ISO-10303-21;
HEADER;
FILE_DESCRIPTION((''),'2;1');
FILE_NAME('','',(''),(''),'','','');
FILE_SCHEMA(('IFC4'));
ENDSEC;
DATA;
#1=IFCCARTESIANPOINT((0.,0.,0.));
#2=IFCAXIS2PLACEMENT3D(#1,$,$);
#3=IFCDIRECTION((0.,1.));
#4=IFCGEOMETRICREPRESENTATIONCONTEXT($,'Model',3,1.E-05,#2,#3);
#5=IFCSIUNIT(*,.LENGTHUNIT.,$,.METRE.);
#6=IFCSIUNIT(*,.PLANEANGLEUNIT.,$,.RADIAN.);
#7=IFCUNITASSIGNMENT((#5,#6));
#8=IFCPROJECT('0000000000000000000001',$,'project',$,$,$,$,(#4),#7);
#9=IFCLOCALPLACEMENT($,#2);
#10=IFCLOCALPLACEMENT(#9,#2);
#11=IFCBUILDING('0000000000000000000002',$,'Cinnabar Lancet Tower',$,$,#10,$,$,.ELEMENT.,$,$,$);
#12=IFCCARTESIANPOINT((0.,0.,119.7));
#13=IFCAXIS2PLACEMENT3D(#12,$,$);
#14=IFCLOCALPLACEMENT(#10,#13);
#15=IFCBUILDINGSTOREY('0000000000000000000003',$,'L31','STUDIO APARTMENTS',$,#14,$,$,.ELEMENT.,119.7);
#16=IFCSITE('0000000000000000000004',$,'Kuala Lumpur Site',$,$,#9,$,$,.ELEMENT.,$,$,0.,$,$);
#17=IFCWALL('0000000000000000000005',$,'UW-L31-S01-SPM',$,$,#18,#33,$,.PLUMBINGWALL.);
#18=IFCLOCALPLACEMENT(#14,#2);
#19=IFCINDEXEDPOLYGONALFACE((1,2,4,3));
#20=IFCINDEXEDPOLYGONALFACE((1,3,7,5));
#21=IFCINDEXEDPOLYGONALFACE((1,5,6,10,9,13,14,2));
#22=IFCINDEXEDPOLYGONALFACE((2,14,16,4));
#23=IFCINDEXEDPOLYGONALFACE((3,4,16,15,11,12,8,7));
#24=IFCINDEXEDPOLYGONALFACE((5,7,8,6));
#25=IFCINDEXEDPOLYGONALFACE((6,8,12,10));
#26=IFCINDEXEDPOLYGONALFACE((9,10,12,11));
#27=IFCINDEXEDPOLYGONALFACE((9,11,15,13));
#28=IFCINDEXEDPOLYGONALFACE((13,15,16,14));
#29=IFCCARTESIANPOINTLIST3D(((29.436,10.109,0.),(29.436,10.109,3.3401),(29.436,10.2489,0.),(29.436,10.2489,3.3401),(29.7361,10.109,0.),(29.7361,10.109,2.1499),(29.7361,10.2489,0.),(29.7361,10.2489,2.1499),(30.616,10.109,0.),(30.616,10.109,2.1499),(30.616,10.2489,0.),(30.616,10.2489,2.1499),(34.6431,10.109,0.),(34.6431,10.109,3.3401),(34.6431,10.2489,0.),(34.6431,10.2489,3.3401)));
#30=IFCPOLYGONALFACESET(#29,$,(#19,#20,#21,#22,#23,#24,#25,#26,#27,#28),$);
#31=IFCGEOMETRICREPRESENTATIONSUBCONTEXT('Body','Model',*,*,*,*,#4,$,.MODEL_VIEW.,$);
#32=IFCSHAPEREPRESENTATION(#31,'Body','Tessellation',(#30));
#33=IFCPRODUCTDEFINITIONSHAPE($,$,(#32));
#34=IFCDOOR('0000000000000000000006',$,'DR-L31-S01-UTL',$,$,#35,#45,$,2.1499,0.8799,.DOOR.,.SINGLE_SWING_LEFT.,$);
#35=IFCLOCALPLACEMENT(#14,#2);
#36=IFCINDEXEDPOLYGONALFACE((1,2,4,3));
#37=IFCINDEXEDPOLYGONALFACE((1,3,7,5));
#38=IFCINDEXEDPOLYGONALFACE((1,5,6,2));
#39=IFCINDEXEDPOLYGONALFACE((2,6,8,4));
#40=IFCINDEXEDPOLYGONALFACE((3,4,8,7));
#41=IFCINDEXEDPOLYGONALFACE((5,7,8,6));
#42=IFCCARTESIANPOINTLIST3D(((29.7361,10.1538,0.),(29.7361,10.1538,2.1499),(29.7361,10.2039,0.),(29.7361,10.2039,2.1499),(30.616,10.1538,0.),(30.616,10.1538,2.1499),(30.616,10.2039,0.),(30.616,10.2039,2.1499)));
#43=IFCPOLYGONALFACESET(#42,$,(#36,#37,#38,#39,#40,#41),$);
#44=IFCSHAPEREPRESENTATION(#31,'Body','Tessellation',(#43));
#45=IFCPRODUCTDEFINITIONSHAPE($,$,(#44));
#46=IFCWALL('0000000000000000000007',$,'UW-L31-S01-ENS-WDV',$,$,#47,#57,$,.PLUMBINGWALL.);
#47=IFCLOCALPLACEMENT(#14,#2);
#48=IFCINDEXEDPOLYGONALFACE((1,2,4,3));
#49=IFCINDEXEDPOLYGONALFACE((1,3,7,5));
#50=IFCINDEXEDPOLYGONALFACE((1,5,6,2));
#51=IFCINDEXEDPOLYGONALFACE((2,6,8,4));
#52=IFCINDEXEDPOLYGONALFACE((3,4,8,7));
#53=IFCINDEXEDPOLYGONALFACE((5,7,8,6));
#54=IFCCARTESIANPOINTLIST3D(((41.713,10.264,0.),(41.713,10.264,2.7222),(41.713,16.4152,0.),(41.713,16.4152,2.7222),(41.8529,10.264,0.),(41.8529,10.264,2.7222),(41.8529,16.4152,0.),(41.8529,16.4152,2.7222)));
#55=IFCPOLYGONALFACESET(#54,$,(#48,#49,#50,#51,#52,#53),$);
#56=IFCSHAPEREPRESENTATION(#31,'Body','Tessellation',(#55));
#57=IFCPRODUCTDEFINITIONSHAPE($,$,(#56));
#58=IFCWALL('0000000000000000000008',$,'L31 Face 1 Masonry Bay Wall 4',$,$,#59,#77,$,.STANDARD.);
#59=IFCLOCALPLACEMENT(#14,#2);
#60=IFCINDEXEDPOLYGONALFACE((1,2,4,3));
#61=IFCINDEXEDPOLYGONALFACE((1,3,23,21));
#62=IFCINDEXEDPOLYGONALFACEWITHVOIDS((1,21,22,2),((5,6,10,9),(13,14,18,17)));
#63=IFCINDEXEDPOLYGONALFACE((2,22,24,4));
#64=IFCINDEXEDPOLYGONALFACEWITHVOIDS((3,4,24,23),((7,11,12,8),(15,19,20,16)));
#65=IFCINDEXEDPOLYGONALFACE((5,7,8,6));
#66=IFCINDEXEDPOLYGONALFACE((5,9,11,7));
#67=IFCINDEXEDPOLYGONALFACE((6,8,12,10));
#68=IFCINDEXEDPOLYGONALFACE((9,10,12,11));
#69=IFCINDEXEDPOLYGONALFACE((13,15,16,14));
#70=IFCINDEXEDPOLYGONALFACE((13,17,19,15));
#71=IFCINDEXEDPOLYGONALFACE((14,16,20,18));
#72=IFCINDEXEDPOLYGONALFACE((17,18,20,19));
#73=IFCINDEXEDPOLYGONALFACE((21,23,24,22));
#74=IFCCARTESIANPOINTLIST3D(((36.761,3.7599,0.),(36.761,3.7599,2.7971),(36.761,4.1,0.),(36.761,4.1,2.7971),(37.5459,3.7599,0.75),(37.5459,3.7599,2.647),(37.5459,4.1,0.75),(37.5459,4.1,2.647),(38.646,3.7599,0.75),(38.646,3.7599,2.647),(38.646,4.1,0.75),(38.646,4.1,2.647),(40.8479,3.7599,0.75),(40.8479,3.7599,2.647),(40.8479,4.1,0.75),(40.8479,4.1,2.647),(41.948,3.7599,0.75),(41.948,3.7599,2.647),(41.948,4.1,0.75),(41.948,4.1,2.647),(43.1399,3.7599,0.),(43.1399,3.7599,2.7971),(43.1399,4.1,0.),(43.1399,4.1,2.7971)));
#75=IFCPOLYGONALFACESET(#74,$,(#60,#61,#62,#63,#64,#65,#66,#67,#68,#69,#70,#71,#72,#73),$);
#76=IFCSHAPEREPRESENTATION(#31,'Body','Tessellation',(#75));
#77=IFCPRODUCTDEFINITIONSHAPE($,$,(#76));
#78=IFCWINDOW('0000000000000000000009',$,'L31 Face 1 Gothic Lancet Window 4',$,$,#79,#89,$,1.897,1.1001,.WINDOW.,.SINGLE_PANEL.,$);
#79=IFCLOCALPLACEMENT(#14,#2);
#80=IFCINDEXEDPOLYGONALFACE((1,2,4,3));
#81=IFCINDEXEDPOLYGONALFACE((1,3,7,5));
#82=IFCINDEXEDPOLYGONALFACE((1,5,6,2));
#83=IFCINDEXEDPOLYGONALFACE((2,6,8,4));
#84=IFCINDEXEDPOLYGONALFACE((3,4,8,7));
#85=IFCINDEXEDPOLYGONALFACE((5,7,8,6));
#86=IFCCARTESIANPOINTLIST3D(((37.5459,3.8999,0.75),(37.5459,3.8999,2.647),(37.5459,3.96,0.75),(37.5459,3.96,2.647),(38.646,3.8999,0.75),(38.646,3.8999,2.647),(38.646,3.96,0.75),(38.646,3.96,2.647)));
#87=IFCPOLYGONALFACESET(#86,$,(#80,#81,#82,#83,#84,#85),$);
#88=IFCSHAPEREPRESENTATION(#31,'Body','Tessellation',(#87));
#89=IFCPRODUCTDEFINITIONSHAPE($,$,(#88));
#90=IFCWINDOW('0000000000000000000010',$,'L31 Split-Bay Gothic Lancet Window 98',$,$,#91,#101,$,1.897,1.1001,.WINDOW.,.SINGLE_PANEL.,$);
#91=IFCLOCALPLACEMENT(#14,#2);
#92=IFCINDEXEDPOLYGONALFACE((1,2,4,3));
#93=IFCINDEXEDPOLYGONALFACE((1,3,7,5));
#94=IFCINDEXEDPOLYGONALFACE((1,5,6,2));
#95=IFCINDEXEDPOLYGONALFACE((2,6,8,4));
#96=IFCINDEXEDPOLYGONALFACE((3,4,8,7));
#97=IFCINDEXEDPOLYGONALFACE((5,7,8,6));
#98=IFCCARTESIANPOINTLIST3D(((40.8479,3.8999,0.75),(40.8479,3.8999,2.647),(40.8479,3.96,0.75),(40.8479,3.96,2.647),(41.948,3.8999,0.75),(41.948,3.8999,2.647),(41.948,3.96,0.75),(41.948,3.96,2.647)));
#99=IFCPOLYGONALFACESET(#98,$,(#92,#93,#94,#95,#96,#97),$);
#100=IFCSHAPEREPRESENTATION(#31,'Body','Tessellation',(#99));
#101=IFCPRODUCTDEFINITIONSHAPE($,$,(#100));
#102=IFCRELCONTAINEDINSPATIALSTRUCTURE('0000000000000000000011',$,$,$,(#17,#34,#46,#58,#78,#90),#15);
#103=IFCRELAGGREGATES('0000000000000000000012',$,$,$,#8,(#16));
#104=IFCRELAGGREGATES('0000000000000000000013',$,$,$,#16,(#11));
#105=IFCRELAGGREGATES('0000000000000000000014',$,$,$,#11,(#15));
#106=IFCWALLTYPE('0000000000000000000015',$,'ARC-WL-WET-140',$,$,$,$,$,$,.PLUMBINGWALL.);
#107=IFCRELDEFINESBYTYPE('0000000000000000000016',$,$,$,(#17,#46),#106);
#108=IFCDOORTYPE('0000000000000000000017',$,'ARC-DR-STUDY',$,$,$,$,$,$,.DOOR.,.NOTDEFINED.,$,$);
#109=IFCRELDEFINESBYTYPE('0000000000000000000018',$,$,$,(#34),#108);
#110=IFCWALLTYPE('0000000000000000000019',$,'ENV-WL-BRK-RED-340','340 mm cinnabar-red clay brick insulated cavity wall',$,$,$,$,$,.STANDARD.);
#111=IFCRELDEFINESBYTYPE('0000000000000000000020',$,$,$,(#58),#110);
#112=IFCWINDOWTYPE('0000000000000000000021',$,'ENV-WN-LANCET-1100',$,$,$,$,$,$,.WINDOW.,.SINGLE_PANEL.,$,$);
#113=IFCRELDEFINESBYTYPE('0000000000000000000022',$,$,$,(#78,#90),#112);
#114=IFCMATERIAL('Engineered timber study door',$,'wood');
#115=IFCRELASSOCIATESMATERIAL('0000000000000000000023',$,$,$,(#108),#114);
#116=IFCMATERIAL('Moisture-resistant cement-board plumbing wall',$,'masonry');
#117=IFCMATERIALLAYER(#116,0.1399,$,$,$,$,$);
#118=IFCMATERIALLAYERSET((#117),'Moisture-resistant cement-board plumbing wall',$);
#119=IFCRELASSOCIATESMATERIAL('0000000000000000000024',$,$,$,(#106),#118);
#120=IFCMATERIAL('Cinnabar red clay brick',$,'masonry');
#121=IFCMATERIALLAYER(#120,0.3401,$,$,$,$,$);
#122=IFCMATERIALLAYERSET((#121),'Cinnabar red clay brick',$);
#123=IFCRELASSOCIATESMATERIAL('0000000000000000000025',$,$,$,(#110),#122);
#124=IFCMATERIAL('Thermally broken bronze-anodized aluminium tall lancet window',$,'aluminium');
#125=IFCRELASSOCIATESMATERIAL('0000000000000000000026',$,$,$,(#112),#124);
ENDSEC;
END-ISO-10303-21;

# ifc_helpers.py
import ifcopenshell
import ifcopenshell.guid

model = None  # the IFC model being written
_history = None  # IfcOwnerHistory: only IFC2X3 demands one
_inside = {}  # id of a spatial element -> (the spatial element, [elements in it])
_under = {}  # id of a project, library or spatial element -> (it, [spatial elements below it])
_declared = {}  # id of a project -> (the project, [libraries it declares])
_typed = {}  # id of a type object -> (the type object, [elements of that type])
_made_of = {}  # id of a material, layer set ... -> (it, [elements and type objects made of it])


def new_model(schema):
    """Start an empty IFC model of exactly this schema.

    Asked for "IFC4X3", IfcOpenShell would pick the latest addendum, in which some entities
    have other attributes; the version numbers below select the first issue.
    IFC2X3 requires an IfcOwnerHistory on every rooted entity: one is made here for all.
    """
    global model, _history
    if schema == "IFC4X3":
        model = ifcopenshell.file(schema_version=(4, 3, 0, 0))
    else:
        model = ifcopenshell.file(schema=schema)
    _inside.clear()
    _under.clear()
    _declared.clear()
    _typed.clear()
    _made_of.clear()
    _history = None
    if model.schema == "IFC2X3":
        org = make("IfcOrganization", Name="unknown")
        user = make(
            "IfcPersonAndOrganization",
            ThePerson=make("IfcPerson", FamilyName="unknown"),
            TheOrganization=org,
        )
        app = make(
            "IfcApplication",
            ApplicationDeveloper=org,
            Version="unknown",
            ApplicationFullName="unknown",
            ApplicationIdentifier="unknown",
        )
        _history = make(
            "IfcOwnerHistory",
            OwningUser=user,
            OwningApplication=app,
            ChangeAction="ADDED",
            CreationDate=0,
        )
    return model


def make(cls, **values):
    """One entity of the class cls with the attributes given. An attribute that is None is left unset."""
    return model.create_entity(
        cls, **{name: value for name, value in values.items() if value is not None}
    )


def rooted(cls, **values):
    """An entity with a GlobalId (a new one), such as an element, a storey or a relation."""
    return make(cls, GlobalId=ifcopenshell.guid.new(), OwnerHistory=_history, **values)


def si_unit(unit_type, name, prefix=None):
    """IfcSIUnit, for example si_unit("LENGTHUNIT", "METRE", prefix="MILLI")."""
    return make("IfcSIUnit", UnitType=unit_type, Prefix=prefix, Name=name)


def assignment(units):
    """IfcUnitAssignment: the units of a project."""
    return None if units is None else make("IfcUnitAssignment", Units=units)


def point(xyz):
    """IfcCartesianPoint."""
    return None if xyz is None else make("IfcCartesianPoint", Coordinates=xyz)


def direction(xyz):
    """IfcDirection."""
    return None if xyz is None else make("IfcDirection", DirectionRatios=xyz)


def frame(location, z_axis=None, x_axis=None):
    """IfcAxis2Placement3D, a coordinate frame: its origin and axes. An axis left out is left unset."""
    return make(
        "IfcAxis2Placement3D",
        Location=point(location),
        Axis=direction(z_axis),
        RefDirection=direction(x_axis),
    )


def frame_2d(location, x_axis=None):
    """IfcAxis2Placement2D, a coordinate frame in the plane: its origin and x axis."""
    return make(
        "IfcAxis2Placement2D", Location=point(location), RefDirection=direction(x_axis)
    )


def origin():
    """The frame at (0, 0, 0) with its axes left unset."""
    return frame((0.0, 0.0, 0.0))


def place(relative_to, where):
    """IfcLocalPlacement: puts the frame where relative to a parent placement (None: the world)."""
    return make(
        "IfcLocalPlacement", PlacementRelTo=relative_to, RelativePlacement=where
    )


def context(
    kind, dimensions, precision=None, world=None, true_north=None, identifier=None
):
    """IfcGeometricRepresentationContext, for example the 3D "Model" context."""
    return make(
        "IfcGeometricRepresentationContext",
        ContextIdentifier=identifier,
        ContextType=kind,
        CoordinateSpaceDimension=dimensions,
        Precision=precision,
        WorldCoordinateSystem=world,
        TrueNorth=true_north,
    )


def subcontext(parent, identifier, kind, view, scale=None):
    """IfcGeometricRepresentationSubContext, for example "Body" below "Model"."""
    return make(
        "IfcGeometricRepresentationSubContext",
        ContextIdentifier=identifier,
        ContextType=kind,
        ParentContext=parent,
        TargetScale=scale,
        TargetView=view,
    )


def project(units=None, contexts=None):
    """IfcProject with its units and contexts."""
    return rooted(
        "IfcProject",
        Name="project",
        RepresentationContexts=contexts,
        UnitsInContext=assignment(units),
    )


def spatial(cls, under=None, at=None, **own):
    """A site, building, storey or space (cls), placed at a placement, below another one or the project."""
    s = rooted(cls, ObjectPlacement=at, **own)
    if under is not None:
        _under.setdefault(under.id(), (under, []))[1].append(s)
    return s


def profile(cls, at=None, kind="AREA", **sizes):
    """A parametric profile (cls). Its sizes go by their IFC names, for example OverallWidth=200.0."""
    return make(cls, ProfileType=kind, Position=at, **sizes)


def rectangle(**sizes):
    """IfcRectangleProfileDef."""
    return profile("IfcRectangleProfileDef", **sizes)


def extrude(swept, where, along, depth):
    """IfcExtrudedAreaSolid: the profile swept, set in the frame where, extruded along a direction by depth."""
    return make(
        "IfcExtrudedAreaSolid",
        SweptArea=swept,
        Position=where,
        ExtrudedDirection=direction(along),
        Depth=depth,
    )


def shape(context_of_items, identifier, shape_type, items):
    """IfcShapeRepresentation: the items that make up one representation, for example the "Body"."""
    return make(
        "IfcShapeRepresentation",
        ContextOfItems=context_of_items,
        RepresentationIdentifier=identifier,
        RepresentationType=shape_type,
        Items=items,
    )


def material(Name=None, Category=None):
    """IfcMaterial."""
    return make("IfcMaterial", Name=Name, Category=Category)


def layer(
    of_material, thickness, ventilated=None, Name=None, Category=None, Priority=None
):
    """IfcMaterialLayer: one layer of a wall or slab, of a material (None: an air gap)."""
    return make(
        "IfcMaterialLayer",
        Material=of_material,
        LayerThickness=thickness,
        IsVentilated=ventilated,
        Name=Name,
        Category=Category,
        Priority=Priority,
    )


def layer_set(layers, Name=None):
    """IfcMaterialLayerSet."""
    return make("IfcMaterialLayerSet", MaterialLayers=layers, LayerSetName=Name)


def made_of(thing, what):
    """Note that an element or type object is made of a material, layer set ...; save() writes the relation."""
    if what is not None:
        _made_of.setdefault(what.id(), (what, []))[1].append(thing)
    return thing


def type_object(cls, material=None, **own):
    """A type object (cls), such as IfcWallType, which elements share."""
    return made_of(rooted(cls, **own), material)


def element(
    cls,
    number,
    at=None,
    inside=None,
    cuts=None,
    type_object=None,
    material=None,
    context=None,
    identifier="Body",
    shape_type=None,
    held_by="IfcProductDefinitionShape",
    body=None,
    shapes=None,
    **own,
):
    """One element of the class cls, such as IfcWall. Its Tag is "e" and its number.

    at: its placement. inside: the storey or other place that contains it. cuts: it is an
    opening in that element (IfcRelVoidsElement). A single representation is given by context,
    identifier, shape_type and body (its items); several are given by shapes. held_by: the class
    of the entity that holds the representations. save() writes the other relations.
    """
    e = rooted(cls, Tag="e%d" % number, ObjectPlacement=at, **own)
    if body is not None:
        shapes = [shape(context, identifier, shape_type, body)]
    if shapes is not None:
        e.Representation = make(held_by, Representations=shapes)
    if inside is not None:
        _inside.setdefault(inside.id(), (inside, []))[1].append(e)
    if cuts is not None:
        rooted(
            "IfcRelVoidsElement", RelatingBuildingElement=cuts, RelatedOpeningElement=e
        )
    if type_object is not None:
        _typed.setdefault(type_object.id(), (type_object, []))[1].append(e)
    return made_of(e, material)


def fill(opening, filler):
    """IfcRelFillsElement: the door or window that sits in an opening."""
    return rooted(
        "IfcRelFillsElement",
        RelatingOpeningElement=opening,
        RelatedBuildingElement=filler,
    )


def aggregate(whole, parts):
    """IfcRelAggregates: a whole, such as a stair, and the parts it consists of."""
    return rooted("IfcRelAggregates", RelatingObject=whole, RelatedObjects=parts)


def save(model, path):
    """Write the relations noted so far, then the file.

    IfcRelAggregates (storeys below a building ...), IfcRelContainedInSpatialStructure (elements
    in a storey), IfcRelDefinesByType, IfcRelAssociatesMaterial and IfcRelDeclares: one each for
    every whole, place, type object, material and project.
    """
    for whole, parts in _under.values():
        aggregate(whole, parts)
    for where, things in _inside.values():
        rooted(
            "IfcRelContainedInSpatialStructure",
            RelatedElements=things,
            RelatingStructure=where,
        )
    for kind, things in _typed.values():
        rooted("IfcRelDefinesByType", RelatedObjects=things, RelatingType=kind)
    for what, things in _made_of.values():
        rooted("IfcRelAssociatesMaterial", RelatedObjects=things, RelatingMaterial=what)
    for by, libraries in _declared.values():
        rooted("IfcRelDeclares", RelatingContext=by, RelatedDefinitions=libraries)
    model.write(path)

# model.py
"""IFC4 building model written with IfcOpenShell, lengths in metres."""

from ifc_helpers import new_model, si_unit, direction, frame, frame_2d, origin, place, context, subcontext, project, spatial, rectangle, extrude, material, layer, layer_set, type_object, element, fill, save


model = new_model("IFC4")

# Units and contexts
model_context = context("Model", 3, precision=1e-05, world=origin(), true_north=direction((0.0, 1.0)))
body_context = subcontext(model_context, "Body", "Model", "MODEL_VIEW")
ifc_project = project(units=[si_unit("LENGTHUNIT", "METRE"), si_unit("PLANEANGLEUNIT", "RADIAN")], contexts=[model_context])

# Site, building, storey
site_placement = place(None, origin())
site = spatial("IfcSite", under=ifc_project, at=site_placement, Name="Kuala Lumpur Site", CompositionType="ELEMENT", RefElevation=0.0)
building_placement = place(site_placement, origin())
building = spatial("IfcBuilding", under=site, at=building_placement, Name="Cinnabar Lancet Tower", CompositionType="ELEMENT")
storey_placement = place(building_placement, frame((0.0, 0.0, 119.7)))
storey = spatial("IfcBuildingStorey", under=building, at=storey_placement, Name="L31", Description="STUDIO APARTMENTS", CompositionType="ELEMENT", Elevation=119.7)

# Shared definitions
ifc_material_1 = material(Name="Engineered timber study door", Category="wood")
door_type_1 = type_object("IfcDoorType", Name="ARC-DR-STUDY", OperationType="NOTDEFINED", PredefinedType="DOOR", material=ifc_material_1)

# Wall, opening, door
ifc_material_2 = material(Name="Moisture-resistant cement-board plumbing wall", Category="masonry")
ifc_layer_1 = layer(ifc_material_2, 0.1399)
ifc_layer_set_1 = layer_set([ifc_layer_1], Name="Moisture-resistant cement-board plumbing wall")
wall_type_1 = type_object("IfcWallType", Name="ARC-WL-WET-140", PredefinedType="PLUMBINGWALL", material=ifc_layer_set_1)
wall_1_placement = place(storey_placement, frame((29.436, 10.179, 0.0), z_axis=(0.0, 0.0, 1.0), x_axis=(1.0, 0.0, 0.0)))
wall_1 = element("IfcWall", 1, at=wall_1_placement, inside=storey, type_object=wall_type_1, Name="UW-L31-S01-SPM", PredefinedType="PLUMBINGWALL", context=body_context, shape_type="SweptSolid", body=[
    extrude(rectangle(XDim=5.207, YDim=0.1399, at=frame_2d((2.6035, 0.0))), origin(), (0.0, 0.0, 1.0), 3.3401),
])
opening_1_placement = place(wall_1_placement, frame((0.3, 0.0, 0.0)))
opening_1 = element("IfcOpeningElement", 2, at=opening_1_placement, cuts=wall_1, PredefinedType="OPENING", context=body_context, shape_type="SweptSolid", body=[
    extrude(rectangle(XDim=0.8799, YDim=2.1499, at=frame_2d((0.4399, 1.075))), frame((0.0, 0.0798, 0.0), z_axis=(0.0, -1.0, 0.0), x_axis=(1.0, 0.0, 0.0)), (0.0, 0.0, 1.0), 0.1599),
])
door_1_placement = place(opening_1_placement, origin())
door_1 = element("IfcDoor", 3, at=door_1_placement, inside=storey, type_object=door_type_1, Name="DR-L31-S01-UTL", OperationType="SINGLE_SWING_LEFT", OverallHeight=2.1499, OverallWidth=0.8799, PredefinedType="DOOR", context=body_context, shape_type="SweptSolid", body=[
    extrude(rectangle(XDim=0.8799, YDim=2.1499, at=frame_2d((0.4399, 1.075))), frame((0.0, 0.0249, 0.0), z_axis=(0.0, -1.0, 0.0), x_axis=(1.0, 0.0, 0.0)), (0.0, 0.0, 1.0), 0.05),
])
fill(opening_1, door_1)

# Wall
wall_2_placement = place(storey_placement, frame((41.783, 10.2639, 0.0), z_axis=(0.0, 0.0, 1.0), x_axis=(0.0, 1.0, 0.0)))
element("IfcWall", 4, at=wall_2_placement, inside=storey, type_object=wall_type_1, Name="UW-L31-S01-ENS-WDV", PredefinedType="PLUMBINGWALL", context=body_context, shape_type="SweptSolid", body=[
    extrude(rectangle(XDim=6.1511, YDim=0.1399, at=frame_2d((3.0757, 0.0))), origin(), (0.0, 0.0, 1.0), 2.7222),
])

# Wall, openings, windows
ifc_material_3 = material(Name="Cinnabar red clay brick", Category="masonry")
ifc_layer_2 = layer(ifc_material_3, 0.3401)
ifc_layer_set_2 = layer_set([ifc_layer_2], Name="Cinnabar red clay brick")
wall_type_2 = type_object("IfcWallType", Name="ENV-WL-BRK-RED-340", Description="340 mm cinnabar-red clay brick insulated cavity wall", PredefinedType="STANDARD", material=ifc_layer_set_2)
wall_3_placement = place(storey_placement, frame((36.761, 3.9299, 0.0), z_axis=(0.0, 0.0, 1.0), x_axis=(1.0, 0.0, 0.0)))
wall_3 = element("IfcWall", 5, at=wall_3_placement, inside=storey, type_object=wall_type_2, Name="L31 Face 1 Masonry Bay Wall 4", PredefinedType="STANDARD", context=body_context, shape_type="SweptSolid", body=[
    extrude(rectangle(XDim=6.3789, YDim=0.3401, at=frame_2d((3.1895, 0.0))), origin(), (0.0, 0.0, 1.0), 2.7971),
])
opening_2_placement = place(wall_3_placement, frame((0.7849, 0.0, 0.75)))
opening_2 = element("IfcOpeningElement", 6, at=opening_2_placement, cuts=wall_3, PredefinedType="OPENING", context=body_context, shape_type="SweptSolid", body=[
    extrude(rectangle(XDim=1.1001, YDim=1.897, at=frame_2d((0.55, 0.9485))), frame((0.0, 0.1799, 0.0), z_axis=(0.0, -1.0, 0.0), x_axis=(1.0, 0.0, 0.0)), (0.0, 0.0, 1.0), 0.3601),
])
opening_3_placement = place(wall_3_placement, frame((4.0869, 0.0, 0.75)))
opening_3 = element("IfcOpeningElement", 7, at=opening_3_placement, cuts=wall_3, PredefinedType="OPENING", context=body_context, shape_type="SweptSolid", body=[
    extrude(rectangle(XDim=1.1001, YDim=1.897, at=frame_2d((0.55, 0.9485))), frame((0.0, 0.1799, 0.0), z_axis=(0.0, -1.0, 0.0), x_axis=(1.0, 0.0, 0.0)), (0.0, 0.0, 1.0), 0.3601),
])
ifc_material_4 = material(Name="Thermally broken bronze-anodized aluminium tall lancet window", Category="aluminium")
window_type = type_object("IfcWindowType", Name="ENV-WN-LANCET-1100", PartitioningType="SINGLE_PANEL", PredefinedType="WINDOW", material=ifc_material_4)
window_1_placement = place(opening_2_placement, origin())
window_1 = element("IfcWindow", 8, at=window_1_placement, inside=storey, type_object=window_type, Name="L31 Face 1 Gothic Lancet Window 4", OverallHeight=1.897, OverallWidth=1.1001, PartitioningType="SINGLE_PANEL", PredefinedType="WINDOW", context=body_context, shape_type="SweptSolid", body=[
    extrude(rectangle(XDim=1.1001, YDim=1.897, at=frame_2d((0.55, 0.9485))), frame((0.0, 0.03, 0.0), z_axis=(0.0, -1.0, 0.0), x_axis=(1.0, 0.0, 0.0)), (0.0, 0.0, 1.0), 0.0601),
])
fill(opening_2, window_1)
window_2_placement = place(opening_3_placement, origin())
window_2 = element("IfcWindow", 9, at=window_2_placement, inside=storey, type_object=window_type, Name="L31 Split-Bay Gothic Lancet Window 98", OverallHeight=1.897, OverallWidth=1.1001, PartitioningType="SINGLE_PANEL", PredefinedType="WINDOW", context=body_context, shape_type="SweptSolid", body=[
    extrude(rectangle(XDim=1.1001, YDim=1.897, at=frame_2d((0.55, 0.9485))), frame((0.0, 0.03, 0.0), z_axis=(0.0, -1.0, 0.0), x_axis=(1.0, 0.0, 0.0)), (0.0, 0.0, 1.0), 0.0601),
])
fill(opening_3, window_2)

save(model, "model.ifc")
